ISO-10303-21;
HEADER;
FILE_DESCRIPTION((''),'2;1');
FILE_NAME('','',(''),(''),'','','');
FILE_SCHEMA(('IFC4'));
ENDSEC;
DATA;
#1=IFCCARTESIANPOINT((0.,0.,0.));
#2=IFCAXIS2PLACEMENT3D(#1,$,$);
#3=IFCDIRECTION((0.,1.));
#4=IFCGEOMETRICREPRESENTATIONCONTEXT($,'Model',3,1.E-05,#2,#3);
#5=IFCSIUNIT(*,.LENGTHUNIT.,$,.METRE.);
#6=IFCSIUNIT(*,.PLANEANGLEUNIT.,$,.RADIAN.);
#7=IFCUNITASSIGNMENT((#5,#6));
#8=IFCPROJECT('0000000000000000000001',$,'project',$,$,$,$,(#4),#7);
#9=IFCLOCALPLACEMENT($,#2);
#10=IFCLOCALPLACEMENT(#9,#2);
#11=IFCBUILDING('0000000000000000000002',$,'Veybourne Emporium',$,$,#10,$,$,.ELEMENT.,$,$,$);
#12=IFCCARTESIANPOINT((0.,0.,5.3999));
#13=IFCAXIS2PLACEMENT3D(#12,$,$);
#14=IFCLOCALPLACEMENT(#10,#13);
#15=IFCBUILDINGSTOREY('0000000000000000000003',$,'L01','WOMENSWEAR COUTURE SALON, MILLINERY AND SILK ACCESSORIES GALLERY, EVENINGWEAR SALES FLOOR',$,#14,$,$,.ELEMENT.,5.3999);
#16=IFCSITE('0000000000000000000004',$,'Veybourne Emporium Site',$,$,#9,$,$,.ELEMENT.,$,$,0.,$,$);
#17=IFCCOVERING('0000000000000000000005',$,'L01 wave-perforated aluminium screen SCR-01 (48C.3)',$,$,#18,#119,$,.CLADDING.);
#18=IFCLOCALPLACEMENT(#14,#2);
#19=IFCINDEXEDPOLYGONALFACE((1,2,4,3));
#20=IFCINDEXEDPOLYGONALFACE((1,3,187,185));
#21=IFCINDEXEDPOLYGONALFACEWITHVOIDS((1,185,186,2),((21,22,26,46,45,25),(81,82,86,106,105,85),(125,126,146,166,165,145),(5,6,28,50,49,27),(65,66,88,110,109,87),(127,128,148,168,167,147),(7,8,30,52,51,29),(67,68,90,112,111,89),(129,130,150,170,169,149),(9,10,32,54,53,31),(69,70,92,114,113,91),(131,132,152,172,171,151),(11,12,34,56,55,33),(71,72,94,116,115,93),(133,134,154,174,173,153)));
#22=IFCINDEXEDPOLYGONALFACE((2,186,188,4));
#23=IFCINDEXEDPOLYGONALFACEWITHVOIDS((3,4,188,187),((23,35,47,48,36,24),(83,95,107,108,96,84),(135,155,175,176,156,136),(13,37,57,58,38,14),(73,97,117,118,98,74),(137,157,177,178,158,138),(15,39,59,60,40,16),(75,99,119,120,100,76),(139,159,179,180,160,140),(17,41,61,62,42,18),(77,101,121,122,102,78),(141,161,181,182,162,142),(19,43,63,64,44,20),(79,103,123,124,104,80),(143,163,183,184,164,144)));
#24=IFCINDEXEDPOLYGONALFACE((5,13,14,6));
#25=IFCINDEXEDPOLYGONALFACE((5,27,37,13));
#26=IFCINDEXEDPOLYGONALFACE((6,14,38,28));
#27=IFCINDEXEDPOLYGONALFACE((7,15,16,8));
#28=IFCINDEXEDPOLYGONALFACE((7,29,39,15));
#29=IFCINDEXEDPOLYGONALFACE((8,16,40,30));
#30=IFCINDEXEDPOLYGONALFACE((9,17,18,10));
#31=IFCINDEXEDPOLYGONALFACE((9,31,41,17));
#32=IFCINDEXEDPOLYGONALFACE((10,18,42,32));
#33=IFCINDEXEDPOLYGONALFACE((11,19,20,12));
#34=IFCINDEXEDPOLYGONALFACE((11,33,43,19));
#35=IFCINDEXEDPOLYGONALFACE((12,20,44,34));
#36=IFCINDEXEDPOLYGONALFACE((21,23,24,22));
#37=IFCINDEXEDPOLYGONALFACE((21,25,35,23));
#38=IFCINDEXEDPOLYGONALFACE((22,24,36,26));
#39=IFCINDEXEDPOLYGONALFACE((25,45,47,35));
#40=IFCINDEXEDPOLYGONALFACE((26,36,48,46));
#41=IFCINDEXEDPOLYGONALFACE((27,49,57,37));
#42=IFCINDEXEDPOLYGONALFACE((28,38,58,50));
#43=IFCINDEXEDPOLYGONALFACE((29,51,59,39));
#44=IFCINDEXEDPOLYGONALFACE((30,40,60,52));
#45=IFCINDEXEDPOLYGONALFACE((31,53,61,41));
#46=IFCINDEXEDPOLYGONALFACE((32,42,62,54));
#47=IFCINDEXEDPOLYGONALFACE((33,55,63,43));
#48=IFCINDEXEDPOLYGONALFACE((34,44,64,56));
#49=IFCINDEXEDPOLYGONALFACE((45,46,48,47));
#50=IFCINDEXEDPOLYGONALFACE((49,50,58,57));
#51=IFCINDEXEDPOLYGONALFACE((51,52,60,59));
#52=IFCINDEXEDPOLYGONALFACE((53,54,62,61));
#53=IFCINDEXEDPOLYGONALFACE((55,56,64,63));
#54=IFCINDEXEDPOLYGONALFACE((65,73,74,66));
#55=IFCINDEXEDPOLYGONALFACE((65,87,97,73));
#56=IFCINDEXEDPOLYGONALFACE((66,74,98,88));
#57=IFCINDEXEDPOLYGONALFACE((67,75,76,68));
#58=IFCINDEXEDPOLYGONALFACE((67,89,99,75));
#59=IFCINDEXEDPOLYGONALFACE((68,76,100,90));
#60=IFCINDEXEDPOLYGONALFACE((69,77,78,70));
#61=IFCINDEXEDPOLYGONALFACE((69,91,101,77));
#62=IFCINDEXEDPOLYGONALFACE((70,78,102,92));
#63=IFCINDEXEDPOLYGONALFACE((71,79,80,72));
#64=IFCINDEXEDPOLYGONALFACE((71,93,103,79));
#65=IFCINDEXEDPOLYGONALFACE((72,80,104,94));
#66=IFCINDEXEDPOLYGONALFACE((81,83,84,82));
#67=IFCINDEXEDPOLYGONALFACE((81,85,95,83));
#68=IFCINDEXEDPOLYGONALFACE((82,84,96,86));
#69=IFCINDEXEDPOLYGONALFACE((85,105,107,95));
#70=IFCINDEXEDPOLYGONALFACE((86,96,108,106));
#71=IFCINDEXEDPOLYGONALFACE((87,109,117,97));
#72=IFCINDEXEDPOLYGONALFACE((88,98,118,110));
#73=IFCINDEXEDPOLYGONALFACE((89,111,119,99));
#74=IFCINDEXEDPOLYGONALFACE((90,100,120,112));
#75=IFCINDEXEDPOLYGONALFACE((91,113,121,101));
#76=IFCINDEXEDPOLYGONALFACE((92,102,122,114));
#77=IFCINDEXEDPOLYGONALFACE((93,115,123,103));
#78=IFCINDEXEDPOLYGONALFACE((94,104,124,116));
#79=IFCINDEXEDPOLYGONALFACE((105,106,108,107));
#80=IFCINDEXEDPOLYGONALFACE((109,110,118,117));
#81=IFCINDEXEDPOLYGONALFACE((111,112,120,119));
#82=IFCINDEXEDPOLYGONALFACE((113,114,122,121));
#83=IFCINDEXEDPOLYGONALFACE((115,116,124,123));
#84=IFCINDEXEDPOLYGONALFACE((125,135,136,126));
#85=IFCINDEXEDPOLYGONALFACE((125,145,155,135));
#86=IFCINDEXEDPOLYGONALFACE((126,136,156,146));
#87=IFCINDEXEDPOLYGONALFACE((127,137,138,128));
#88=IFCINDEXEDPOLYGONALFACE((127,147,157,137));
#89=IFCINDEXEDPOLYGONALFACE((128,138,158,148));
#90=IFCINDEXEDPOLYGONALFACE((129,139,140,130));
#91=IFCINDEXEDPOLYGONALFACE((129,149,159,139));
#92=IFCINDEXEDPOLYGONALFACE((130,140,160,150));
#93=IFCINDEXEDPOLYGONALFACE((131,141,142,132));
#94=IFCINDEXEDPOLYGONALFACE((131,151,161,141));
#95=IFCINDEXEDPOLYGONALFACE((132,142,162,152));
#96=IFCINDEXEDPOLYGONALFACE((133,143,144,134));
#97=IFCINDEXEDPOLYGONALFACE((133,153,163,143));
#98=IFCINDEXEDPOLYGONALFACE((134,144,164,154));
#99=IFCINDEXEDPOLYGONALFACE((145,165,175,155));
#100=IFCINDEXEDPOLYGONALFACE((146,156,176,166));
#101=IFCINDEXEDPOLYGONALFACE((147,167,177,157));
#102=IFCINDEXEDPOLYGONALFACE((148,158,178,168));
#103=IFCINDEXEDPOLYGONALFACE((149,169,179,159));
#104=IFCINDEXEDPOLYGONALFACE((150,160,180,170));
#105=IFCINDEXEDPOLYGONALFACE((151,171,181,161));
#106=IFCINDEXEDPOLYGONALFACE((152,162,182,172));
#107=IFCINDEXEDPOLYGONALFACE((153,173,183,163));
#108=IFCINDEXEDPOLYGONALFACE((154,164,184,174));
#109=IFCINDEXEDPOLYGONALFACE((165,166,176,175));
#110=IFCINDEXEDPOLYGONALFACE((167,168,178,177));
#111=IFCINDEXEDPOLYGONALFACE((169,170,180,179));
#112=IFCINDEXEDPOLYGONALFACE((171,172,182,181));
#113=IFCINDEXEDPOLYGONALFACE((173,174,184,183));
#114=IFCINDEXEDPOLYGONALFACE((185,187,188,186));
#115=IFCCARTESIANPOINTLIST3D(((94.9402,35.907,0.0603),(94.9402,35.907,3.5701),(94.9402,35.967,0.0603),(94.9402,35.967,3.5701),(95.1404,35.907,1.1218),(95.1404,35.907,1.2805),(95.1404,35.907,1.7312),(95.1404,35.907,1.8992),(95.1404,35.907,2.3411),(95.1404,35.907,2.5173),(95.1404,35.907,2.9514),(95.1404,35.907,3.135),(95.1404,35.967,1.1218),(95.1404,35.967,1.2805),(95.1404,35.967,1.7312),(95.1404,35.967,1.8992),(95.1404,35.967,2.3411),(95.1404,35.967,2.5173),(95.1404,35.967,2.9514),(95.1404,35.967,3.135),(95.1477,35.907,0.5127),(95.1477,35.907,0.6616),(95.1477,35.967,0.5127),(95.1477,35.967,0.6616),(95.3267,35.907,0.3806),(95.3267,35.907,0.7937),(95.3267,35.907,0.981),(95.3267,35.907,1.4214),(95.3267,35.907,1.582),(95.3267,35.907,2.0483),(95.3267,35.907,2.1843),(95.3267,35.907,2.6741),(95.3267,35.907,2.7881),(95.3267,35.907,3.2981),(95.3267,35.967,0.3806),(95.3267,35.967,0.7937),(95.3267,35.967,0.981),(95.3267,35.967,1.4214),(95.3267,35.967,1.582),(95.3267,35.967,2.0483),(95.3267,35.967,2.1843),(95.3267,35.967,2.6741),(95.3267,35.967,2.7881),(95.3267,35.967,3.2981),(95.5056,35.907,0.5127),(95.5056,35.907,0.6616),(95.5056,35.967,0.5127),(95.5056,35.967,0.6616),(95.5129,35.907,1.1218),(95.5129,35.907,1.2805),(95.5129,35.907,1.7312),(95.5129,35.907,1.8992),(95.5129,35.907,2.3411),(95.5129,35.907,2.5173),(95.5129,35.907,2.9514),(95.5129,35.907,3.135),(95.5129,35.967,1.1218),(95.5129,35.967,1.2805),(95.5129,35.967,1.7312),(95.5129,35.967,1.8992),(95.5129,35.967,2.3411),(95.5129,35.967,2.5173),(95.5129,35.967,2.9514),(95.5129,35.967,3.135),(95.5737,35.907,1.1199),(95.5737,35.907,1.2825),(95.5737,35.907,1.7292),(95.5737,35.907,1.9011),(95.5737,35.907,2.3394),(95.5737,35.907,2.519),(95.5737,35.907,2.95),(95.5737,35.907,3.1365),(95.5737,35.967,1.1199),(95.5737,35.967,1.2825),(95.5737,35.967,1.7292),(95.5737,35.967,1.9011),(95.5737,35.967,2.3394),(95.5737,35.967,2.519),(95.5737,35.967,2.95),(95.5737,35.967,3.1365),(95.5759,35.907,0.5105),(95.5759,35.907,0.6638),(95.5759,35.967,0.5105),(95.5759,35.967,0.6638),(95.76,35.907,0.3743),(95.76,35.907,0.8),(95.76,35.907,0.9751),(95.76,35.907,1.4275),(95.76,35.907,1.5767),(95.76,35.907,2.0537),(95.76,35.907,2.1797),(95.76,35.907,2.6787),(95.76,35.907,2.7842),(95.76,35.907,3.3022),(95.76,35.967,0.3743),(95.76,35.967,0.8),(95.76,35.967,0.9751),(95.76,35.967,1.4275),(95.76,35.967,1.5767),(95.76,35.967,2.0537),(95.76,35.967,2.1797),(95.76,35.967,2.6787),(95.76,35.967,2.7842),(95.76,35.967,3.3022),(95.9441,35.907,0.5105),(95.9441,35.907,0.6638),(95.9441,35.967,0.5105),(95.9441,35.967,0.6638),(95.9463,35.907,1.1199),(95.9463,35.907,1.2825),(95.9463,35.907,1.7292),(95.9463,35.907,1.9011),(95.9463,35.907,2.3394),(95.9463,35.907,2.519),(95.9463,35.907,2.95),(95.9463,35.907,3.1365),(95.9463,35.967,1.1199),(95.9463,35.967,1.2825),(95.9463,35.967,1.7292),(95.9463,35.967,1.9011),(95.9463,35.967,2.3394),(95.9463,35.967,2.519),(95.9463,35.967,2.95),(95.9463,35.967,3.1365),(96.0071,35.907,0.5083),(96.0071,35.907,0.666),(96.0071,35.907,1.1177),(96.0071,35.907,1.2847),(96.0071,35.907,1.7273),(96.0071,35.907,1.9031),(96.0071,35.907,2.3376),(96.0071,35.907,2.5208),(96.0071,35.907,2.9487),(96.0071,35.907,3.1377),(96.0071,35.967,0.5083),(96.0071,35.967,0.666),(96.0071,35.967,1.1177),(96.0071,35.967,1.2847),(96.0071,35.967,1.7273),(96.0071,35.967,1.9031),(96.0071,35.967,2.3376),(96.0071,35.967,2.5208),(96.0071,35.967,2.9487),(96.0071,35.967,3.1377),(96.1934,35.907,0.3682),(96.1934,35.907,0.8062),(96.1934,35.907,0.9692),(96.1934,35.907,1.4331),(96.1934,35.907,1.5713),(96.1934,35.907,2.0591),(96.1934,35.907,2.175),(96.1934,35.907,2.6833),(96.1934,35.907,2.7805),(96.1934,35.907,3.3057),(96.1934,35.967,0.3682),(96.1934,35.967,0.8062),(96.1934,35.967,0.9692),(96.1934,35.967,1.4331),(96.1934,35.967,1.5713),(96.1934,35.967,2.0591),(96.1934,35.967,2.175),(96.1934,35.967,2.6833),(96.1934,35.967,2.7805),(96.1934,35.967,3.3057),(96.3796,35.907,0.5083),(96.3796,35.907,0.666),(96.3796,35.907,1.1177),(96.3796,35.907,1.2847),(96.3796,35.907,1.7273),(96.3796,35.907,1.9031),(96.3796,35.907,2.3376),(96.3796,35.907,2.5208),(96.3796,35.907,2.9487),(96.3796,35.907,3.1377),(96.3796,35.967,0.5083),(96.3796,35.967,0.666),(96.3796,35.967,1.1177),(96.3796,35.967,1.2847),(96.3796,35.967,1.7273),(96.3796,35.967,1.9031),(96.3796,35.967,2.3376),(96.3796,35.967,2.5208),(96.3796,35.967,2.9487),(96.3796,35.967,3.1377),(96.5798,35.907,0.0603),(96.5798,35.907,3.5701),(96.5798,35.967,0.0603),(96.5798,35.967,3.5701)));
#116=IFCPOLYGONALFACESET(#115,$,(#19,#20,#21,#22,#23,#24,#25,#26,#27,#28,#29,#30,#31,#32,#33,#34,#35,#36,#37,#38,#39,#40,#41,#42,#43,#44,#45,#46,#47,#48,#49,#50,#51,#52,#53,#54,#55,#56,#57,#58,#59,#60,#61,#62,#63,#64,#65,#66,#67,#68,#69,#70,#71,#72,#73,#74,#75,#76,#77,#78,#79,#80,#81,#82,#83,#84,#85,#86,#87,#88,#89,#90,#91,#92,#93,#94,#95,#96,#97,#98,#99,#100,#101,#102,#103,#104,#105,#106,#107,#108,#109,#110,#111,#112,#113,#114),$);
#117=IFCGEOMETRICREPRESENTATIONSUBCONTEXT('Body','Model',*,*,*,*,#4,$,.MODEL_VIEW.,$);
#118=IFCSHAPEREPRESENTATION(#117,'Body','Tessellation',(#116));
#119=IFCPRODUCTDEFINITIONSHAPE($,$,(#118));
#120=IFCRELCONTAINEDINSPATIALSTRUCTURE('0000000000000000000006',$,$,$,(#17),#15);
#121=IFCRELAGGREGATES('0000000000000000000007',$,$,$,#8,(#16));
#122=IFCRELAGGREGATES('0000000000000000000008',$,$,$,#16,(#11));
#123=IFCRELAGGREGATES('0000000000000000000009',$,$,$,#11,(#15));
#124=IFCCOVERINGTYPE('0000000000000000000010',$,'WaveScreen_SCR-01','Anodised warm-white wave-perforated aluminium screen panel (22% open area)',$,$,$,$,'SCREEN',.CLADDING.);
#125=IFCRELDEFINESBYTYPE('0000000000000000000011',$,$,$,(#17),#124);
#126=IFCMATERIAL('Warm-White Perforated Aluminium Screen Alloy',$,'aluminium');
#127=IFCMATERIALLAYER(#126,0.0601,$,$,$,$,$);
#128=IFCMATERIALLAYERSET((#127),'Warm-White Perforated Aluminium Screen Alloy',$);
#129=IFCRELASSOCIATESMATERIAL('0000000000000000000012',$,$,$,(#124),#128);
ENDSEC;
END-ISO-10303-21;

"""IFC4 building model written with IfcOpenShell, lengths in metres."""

from ifc_helpers import new_model, si_unit, direction, frame, origin, place, context, subcontext, project, spatial, polyline, outline, extrude, material, layer, layer_set, type_object, element, save


model = new_model("IFC4")

# Units and contexts
model_context = context("Model", 3, precision=1e-05, world=origin(), true_north=direction((0.0, 1.0)))
body_context = subcontext(model_context, "Body", "Model", "MODEL_VIEW")
ifc_project = project(units=[si_unit("LENGTHUNIT", "METRE"), si_unit("PLANEANGLEUNIT", "RADIAN")], contexts=[model_context])

# Site, building, storey
site_placement = place(None, origin())
site = spatial("IfcSite", under=ifc_project, at=site_placement, Name="Veybourne Emporium Site", CompositionType="ELEMENT", RefElevation=0.0)
building_placement = place(site_placement, origin())
building = spatial("IfcBuilding", under=site, at=building_placement, Name="Veybourne Emporium", CompositionType="ELEMENT")
storey_placement = place(building_placement, frame((0.0, 0.0, 5.3999)))
storey = spatial("IfcBuildingStorey", under=building, at=storey_placement, Name="L01", Description="WOMENSWEAR COUTURE SALON, MILLINERY AND SILK ACCESSORIES GALLERY, EVENINGWEAR SALES FLOOR", CompositionType="ELEMENT", Elevation=5.3999)

# Covering
ifc_material_1 = material(Name="Warm-White Perforated Aluminium Screen Alloy", Category="aluminium")
ifc_layer_1 = layer(ifc_material_1, 0.0601)
ifc_layer_set_1 = layer_set([ifc_layer_1], Name="Warm-White Perforated Aluminium Screen Alloy")
covering_type_1 = type_object("IfcCoveringType", Name="WaveScreen_SCR-01", Description="Anodised warm-white wave-perforated aluminium screen panel (22% open area)", ElementType="SCREEN", PredefinedType="CLADDING", material=ifc_layer_set_1)
covering_1_placement = place(storey_placement, frame((95.76, 35.907, 1.8152), z_axis=(0.0, 1.0, 0.0), x_axis=(-1.0, 0.0, 0.0)))
element("IfcCovering", 1, at=covering_1_placement, inside=storey, type_object=covering_type_1, Name="L01 wave-perforated aluminium screen SCR-01 (48C.3)", PredefinedType="CLADDING", context=body_context, shape_type="SweptSolid", body=[
    extrude(outline(polyline([(-0.8198, -1.7549), (0.8198, -1.7549), (0.8198, 1.7549), (-0.8198, 1.7549), (-0.8198, -1.7549)]), holes=[polyline([(-0.4333, -1.009), (-0.2471, -1.1492), (-0.2471, -1.3069), (-0.4333, -1.447), (-0.6196, -1.3069), (-0.6196, -1.1492), (-0.4333, -1.009)]), polyline([(-0.4333, -0.3821), (-0.2471, -0.5305), (-0.2471, -0.6975), (-0.4333, -0.8459), (-0.6196, -0.6975), (-0.6196, -0.5305), (-0.4333, -0.3821)]), polyline([(-0.4333, 0.2439), (-0.2471, 0.0879), (-0.2471, -0.0879), (-0.4333, -0.2439), (-0.6196, -0.0879), (-0.6196, 0.0879), (-0.4333, 0.2439)]), polyline([(-0.4333, 0.8682), (-0.2471, 0.7056), (-0.2471, 0.5225), (-0.4333, 0.3599), (-0.6196, 0.5225), (-0.6196, 0.7056), (-0.4333, 0.8682)]), polyline([(-0.4333, 1.4905), (-0.2471, 1.3225), (-0.2471, 1.1335), (-0.4333, 0.9653), (-0.6196, 1.1335), (-0.6196, 1.3225), (-0.4333, 1.4905)]), polyline([(0.0, -1.0151), (0.1841, -1.1514), (0.1841, -1.3047), (0.0, -1.4409), (-0.1841, -1.3047), (-0.1841, -1.1514), (0.0, -1.0151)]), polyline([(0.0, -0.3877), (0.1863, -0.5327), (0.1863, -0.6953), (0.0, -0.8401), (-0.1863, -0.6953), (-0.1863, -0.5327), (0.0, -0.3877)]), polyline([(0.0, 0.2385), (0.1863, 0.0859), (0.1863, -0.0859), (0.0, -0.2385), (-0.1863, -0.0859), (-0.1863, 0.0859), (0.0, 0.2385)]), polyline([(0.0, 0.8635), (0.1863, 0.7039), (0.1863, 0.5242), (0.0, 0.3645), (-0.1863, 0.5242), (-0.1863, 0.7039), (0.0, 0.8635)]), polyline([(0.0, 1.4871), (0.1863, 1.3213), (0.1863, 1.1348), (0.0, 0.969), (-0.1863, 1.1348), (-0.1863, 1.3213), (0.0, 1.4871)]), polyline([(0.4333, -1.0215), (0.6123, -1.1536), (0.6123, -1.3025), (0.4333, -1.4346), (0.2544, -1.3025), (0.2544, -1.1536), (0.4333, -1.0215)]), polyline([(0.4333, -0.3938), (0.6196, -0.5347), (0.6196, -0.6934), (0.4333, -0.8342), (0.2471, -0.6934), (0.2471, -0.5347), (0.4333, -0.3938)]), polyline([(0.4333, 0.2332), (0.6196, 0.084), (0.6196, -0.084), (0.4333, -0.2332), (0.2471, -0.084), (0.2471, 0.084), (0.4333, 0.2332)]), polyline([(0.4333, 0.8589), (0.6196, 0.7021), (0.6196, 0.5259), (0.4333, 0.3691), (0.2471, 0.5259), (0.2471, 0.7021), (0.4333, 0.8589)]), polyline([(0.4333, 1.4829), (0.6196, 1.3198), (0.6196, 1.1362), (0.4333, 0.9729), (0.2471, 1.1362), (0.2471, 1.3198), (0.4333, 1.4829)])]), origin(), (0.0, 0.0, 1.0), 0.0601),
])

save(model, "model.ifc")
